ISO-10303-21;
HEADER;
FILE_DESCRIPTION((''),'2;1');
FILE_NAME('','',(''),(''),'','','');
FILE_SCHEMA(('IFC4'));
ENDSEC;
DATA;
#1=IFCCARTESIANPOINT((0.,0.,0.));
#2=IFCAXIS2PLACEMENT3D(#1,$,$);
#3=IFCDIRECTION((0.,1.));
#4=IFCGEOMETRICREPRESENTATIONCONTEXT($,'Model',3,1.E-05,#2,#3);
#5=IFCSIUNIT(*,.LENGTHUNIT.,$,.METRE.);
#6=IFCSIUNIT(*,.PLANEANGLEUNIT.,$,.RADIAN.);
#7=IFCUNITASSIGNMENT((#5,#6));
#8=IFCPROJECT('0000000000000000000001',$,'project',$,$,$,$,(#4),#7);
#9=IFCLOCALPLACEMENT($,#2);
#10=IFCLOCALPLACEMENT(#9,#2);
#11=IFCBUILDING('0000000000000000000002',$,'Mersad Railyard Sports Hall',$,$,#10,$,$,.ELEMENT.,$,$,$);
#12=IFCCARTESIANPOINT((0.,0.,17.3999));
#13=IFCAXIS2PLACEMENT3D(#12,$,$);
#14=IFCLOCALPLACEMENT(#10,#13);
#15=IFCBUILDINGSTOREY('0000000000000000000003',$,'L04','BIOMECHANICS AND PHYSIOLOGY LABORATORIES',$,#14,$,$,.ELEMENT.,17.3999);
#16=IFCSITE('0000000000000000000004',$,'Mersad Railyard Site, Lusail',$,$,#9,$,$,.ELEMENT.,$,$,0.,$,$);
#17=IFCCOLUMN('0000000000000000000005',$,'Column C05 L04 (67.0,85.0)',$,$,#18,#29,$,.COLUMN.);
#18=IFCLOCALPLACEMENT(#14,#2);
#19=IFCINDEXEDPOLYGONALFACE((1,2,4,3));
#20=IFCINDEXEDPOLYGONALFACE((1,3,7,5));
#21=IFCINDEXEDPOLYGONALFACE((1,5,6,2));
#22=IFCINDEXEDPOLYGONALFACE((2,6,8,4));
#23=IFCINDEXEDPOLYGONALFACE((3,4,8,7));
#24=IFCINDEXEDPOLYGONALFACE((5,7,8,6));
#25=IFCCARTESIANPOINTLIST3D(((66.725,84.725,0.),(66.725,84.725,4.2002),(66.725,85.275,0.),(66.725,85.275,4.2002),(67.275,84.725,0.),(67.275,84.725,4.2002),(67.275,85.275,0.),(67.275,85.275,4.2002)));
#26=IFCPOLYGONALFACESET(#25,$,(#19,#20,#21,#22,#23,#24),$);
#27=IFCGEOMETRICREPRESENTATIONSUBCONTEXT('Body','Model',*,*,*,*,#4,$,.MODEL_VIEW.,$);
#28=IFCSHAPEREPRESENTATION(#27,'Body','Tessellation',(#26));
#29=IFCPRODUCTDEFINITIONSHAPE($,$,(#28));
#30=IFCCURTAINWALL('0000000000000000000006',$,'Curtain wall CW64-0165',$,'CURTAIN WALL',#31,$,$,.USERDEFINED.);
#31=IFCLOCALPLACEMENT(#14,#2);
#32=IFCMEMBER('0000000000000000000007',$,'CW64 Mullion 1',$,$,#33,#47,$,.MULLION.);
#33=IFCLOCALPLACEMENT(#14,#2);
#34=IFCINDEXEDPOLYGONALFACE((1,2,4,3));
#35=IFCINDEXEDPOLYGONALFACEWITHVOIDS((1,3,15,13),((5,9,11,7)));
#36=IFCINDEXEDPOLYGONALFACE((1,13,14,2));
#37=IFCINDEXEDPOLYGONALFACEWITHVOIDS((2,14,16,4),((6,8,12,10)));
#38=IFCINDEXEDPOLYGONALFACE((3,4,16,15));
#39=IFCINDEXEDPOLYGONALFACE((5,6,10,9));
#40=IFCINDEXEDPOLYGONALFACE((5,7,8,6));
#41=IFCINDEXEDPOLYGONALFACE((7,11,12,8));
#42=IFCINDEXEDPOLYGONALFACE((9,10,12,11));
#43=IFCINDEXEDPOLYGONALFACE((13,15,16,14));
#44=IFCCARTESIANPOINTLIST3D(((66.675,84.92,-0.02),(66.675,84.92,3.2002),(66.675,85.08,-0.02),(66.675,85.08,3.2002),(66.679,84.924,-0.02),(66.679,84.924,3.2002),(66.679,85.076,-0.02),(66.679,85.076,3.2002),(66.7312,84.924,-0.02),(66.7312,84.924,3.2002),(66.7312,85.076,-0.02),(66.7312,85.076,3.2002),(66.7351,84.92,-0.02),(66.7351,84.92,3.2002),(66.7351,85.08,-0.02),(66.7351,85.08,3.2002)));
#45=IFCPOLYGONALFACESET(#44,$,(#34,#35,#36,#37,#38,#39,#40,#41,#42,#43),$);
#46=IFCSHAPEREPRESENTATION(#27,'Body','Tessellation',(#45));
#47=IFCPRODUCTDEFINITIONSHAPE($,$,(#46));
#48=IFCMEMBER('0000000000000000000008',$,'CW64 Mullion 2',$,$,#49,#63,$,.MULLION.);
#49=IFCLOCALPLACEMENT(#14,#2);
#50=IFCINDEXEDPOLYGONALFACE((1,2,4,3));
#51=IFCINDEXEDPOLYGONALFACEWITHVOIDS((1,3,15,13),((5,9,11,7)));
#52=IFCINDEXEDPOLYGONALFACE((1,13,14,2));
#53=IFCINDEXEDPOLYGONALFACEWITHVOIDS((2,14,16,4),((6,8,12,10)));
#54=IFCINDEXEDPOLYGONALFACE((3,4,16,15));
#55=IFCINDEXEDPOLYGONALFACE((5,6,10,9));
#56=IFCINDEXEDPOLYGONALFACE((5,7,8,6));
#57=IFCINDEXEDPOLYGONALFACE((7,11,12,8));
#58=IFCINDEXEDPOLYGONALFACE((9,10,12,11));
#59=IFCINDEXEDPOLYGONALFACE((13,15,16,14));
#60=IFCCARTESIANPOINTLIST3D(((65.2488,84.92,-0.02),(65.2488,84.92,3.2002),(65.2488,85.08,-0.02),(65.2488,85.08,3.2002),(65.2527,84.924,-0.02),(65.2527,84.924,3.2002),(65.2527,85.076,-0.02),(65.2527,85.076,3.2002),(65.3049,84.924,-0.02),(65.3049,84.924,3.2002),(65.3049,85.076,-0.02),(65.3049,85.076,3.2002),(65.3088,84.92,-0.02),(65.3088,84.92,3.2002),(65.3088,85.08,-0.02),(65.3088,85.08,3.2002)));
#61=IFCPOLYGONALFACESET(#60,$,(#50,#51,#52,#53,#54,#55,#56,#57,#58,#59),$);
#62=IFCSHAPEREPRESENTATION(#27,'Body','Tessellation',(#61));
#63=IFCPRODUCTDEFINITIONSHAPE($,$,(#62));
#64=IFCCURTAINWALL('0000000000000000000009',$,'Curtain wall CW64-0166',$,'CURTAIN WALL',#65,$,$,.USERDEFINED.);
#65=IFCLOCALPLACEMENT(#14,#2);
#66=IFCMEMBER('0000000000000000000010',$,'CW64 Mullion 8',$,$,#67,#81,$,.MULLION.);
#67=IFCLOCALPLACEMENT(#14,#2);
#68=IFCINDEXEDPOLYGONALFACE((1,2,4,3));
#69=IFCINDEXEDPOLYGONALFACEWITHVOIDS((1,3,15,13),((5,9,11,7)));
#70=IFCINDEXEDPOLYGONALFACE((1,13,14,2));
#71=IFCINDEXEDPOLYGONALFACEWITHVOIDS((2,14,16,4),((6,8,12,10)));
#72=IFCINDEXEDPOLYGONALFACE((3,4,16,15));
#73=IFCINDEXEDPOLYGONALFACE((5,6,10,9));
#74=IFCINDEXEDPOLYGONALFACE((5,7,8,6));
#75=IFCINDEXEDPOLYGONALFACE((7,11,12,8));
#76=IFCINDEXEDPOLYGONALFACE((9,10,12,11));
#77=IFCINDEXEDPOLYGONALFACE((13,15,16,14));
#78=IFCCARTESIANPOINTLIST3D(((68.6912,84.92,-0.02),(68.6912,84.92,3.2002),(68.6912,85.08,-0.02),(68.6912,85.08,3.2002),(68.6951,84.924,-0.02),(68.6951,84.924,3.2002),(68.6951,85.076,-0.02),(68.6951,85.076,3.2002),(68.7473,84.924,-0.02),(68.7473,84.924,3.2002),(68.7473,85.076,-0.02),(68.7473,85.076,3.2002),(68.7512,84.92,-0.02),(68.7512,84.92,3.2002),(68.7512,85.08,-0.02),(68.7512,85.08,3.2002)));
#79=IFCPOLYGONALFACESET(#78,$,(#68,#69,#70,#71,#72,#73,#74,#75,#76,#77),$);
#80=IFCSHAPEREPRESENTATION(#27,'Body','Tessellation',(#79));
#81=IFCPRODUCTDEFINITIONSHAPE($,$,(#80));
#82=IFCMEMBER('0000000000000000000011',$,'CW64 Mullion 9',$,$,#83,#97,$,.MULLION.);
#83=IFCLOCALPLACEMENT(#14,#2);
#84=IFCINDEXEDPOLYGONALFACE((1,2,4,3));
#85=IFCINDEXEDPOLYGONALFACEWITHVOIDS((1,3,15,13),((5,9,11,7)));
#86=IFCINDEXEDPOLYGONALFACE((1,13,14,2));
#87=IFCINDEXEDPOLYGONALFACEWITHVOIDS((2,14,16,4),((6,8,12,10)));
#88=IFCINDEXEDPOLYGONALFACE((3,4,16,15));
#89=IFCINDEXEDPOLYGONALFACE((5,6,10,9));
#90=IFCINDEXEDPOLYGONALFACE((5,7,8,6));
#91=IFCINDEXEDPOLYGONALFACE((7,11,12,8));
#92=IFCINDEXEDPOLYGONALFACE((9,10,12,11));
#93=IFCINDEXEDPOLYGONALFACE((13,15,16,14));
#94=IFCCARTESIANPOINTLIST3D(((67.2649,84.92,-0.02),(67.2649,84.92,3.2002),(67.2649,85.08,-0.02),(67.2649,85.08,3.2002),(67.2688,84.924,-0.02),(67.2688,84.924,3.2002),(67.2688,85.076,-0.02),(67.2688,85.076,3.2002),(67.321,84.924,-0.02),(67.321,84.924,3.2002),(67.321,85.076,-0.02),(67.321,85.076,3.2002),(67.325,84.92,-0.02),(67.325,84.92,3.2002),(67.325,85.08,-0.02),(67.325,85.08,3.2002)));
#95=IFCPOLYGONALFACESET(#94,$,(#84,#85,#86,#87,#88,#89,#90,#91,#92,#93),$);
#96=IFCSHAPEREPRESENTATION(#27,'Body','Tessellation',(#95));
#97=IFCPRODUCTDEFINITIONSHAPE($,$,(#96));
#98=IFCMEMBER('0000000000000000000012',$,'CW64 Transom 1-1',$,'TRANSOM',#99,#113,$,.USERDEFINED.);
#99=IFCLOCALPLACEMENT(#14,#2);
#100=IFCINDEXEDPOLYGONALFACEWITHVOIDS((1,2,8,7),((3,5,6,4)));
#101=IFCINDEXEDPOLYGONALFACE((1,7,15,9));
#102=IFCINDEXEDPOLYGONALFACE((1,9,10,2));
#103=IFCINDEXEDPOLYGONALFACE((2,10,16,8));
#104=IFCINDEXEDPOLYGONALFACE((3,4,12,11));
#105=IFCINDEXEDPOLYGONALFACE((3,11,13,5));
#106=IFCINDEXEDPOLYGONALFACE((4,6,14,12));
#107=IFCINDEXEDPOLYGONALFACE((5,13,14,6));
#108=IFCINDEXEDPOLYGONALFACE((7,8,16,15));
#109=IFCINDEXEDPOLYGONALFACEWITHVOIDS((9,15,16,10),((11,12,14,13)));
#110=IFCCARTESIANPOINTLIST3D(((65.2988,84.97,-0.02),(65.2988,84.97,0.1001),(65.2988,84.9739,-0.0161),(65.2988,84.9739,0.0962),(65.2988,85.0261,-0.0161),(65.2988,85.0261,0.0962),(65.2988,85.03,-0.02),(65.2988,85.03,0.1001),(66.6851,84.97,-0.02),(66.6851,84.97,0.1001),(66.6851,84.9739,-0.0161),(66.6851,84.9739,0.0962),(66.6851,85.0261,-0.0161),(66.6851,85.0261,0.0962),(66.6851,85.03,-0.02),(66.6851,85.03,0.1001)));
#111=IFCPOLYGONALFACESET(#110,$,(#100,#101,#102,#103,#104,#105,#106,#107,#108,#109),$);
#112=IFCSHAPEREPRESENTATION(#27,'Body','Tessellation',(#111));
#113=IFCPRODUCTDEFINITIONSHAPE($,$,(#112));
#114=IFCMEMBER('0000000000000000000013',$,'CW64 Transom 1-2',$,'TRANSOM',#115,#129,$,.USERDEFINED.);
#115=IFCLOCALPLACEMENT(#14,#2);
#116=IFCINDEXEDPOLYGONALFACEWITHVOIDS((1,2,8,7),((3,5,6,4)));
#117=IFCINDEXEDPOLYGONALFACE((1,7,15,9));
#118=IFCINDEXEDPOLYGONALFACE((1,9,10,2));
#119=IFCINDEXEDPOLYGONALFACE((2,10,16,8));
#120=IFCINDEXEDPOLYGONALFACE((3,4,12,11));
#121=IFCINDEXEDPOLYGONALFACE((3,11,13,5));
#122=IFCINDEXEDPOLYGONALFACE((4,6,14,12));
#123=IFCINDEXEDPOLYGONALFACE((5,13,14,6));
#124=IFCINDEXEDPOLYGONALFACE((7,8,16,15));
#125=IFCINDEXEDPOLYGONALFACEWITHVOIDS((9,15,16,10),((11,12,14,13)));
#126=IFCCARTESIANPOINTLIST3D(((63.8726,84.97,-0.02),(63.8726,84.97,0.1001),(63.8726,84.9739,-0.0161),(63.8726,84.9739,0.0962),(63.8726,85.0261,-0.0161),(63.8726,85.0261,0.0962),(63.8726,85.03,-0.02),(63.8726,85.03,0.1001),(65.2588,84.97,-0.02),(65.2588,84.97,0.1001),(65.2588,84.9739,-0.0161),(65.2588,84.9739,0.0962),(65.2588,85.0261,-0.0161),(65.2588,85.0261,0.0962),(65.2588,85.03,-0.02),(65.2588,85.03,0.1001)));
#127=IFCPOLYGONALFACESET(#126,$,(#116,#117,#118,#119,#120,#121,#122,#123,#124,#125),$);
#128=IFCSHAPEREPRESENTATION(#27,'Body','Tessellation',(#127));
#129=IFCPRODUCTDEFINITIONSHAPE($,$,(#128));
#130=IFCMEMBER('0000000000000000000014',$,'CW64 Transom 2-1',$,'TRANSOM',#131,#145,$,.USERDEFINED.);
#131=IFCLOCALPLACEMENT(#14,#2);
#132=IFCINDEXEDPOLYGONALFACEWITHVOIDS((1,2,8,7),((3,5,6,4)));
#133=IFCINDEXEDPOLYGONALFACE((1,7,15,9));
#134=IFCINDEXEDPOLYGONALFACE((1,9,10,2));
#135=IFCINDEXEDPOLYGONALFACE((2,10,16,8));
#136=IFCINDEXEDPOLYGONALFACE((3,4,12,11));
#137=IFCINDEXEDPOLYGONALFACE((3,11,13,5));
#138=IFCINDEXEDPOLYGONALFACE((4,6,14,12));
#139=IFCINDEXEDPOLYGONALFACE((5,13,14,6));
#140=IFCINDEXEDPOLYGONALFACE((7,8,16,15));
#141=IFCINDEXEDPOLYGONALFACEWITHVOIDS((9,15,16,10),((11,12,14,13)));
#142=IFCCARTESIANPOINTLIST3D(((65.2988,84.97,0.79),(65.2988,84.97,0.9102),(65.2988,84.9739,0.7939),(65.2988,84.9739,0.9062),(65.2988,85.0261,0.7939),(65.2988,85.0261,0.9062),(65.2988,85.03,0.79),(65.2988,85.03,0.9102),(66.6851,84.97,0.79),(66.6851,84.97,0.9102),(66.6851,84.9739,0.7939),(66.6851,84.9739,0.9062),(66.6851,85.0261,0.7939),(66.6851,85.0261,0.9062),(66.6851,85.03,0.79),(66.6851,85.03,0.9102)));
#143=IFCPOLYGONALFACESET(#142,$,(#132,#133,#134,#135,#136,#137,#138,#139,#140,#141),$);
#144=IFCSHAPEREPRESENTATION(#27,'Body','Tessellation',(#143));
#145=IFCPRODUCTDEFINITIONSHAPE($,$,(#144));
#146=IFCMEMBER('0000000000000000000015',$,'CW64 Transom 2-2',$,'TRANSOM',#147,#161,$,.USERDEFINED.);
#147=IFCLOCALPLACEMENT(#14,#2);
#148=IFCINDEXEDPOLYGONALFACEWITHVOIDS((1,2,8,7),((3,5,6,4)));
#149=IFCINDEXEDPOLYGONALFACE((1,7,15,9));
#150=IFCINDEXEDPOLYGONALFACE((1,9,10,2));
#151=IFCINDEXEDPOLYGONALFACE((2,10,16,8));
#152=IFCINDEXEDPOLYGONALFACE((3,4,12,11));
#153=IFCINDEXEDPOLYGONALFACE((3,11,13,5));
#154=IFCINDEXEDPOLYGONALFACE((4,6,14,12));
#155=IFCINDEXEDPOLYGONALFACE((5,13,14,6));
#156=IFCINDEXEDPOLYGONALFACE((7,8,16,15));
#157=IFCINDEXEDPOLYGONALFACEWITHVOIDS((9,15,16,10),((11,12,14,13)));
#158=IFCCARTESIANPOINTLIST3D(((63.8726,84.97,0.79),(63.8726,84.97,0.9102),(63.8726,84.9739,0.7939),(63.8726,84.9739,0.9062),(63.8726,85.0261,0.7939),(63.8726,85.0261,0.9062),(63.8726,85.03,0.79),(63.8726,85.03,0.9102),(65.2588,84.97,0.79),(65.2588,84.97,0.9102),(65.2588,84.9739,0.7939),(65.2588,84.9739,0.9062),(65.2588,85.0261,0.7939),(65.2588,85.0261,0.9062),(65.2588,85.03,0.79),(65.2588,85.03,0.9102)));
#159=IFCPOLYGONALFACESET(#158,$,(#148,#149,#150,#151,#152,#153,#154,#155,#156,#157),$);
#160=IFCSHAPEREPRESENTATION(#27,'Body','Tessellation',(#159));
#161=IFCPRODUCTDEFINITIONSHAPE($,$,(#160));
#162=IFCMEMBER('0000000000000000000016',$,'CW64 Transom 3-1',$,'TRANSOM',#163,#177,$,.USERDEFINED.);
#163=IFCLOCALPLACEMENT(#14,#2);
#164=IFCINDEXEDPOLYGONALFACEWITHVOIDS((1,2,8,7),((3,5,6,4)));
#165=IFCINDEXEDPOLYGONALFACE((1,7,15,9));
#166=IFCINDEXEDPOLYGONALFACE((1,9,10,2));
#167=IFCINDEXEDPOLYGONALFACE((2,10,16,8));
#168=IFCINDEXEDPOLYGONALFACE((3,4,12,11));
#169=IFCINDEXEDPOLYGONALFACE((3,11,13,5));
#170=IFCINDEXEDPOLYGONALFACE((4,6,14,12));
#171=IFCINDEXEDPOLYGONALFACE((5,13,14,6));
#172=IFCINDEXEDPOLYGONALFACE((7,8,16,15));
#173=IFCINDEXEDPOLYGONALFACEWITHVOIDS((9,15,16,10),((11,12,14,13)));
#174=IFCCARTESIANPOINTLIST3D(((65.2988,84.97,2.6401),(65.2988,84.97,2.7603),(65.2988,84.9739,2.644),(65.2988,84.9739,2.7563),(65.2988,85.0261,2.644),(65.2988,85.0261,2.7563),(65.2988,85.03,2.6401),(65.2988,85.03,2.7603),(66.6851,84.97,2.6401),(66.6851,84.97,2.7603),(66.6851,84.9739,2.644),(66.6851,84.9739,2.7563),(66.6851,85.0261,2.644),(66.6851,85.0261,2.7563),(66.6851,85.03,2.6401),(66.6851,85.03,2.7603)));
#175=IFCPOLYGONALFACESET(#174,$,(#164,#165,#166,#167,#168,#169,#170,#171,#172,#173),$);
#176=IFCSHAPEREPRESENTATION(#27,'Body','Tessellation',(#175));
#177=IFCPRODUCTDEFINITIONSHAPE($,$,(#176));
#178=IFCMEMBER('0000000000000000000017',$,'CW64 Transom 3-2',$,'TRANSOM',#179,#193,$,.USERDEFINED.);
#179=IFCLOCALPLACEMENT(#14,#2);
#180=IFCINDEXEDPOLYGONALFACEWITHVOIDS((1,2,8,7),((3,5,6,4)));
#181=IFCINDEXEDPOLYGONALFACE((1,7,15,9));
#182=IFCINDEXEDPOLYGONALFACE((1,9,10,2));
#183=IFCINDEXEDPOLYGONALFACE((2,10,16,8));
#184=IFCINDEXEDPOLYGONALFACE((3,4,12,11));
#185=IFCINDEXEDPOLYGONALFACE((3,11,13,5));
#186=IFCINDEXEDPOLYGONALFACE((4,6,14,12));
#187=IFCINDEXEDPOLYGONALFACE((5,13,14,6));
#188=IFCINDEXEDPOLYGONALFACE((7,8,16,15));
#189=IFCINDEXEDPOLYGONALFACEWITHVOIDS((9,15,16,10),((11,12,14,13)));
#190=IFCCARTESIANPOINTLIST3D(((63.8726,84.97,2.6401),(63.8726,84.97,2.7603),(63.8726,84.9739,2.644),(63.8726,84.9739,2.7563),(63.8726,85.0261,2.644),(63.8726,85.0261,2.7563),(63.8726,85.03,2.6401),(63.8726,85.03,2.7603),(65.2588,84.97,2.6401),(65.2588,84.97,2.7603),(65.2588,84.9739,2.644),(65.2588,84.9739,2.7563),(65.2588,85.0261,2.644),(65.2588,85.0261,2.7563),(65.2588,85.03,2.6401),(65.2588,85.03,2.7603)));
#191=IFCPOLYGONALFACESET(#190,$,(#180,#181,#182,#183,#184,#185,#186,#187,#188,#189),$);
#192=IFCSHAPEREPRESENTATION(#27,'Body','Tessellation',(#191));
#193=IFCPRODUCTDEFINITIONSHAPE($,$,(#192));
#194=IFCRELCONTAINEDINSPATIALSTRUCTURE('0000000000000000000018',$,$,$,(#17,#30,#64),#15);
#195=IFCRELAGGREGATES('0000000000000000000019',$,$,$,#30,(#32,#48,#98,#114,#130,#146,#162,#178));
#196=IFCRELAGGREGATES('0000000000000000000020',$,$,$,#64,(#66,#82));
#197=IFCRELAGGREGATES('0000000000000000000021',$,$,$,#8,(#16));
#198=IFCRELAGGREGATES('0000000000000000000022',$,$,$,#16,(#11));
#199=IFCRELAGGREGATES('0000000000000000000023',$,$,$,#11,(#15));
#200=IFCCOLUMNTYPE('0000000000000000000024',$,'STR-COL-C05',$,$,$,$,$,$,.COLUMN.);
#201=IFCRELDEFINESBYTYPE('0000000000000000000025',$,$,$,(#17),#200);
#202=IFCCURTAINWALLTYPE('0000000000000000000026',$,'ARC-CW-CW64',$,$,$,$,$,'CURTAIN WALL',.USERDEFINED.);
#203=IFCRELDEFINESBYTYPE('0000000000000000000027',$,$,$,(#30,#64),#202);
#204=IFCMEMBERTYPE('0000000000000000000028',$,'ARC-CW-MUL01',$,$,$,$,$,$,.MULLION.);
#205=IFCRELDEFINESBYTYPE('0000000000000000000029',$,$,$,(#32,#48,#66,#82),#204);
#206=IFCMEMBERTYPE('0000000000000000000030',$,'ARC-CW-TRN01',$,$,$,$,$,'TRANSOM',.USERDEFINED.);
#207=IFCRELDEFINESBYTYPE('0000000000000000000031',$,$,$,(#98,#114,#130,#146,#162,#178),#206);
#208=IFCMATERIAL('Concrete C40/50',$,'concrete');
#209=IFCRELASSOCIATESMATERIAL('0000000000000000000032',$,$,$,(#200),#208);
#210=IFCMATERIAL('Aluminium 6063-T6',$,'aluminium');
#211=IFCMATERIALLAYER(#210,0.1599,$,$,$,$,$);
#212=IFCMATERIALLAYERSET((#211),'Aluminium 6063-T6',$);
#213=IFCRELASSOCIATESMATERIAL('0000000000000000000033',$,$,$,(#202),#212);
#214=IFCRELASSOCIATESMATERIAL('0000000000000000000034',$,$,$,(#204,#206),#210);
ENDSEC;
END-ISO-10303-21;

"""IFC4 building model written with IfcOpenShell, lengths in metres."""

from ifc_helpers import new_model, si_unit, direction, frame, origin, origin_2d, place, context, subcontext, project, spatial, rectangle, hollow_rectangle, extrude, material, layer, layer_set, material_profile, profile_set, type_object, element, aggregate, save


model = new_model("IFC4")

# Units and contexts
model_context = context("Model", 3, precision=1e-05, world=origin(), true_north=direction((0.0, 1.0)))
body_context = subcontext(model_context, "Body", "Model", "MODEL_VIEW")
ifc_project = project(units=[si_unit("LENGTHUNIT", "METRE"), si_unit("PLANEANGLEUNIT", "RADIAN")], contexts=[model_context])

# Site, building, storey
site_placement = place(None, origin())
site = spatial("IfcSite", under=ifc_project, at=site_placement, Name="Mersad Railyard Site, Lusail", CompositionType="ELEMENT", RefElevation=0.0)
building_placement = place(site_placement, origin())
building = spatial("IfcBuilding", under=site, at=building_placement, Name="Mersad Railyard Sports Hall", CompositionType="ELEMENT")
storey_placement = place(building_placement, frame((0.0, 0.0, 17.3999)))
storey = spatial("IfcBuildingStorey", under=building, at=storey_placement, Name="L04", Description="BIOMECHANICS AND PHYSIOLOGY LABORATORIES", CompositionType="ELEMENT", Elevation=17.3999)

# Column
ifc_material_1 = material(Name="Concrete C40/50", Category="concrete")
ifc_material_profile_1 = material_profile(ifc_material_1, rectangle(XDim=0.55, YDim=0.55, at=origin_2d()), Name="RC 550x550")
ifc_profile_set_1 = profile_set([ifc_material_profile_1], Name="Concrete C40/50")
column_type = type_object("IfcColumnType", Name="STR-COL-C05", PredefinedType="COLUMN", material=ifc_profile_set_1)
column_placement = place(storey_placement, frame((67.0, 85.0, 0.0), z_axis=(0.0, 0.0, 1.0), x_axis=(1.0, 0.0, 0.0)))
element("IfcColumn", 1, at=column_placement, inside=storey, type_object=column_type, Name="Column C05 L04 (67.0,85.0)", PredefinedType="COLUMN", context=body_context, shape_type="SweptSolid", body=[
    extrude(rectangle(XDim=0.55, YDim=0.55, at=origin_2d()), origin(), (0.0, 0.0, 1.0), 4.2002),
])

# Curtain walls, members
ifc_material_2 = material(Name="Aluminium 6063-T6", Category="aluminium")
ifc_layer_1 = layer(ifc_material_2, 0.1599)
ifc_layer_set_1 = layer_set([ifc_layer_1], Name="Aluminium 6063-T6")
curtain_wall_type = type_object("IfcCurtainWallType", Name="ARC-CW-CW64", ElementType="CURTAIN WALL", PredefinedType="USERDEFINED", material=ifc_layer_set_1)
curtain_wall_1_placement = place(storey_placement, origin())
curtain_wall_1 = element("IfcCurtainWall", 2, at=curtain_wall_1_placement, inside=storey, type_object=curtain_wall_type, Name="Curtain wall CW64-0165", ObjectType="CURTAIN WALL", PredefinedType="USERDEFINED")
ifc_material_profile_2 = material_profile(ifc_material_2, hollow_rectangle(XDim=0.0601, YDim=0.1599, WallThickness=0.0039, at=origin_2d()), Name="AL MULLION 60x160x4")
ifc_profile_set_2 = profile_set([ifc_material_profile_2], Name="Aluminium 6063-T6")
member_type_1 = type_object("IfcMemberType", Name="ARC-CW-MUL01", PredefinedType="MULLION", material=ifc_profile_set_2)
member_1_placement = place(storey_placement, frame((66.7051, 85.0, -0.02), z_axis=(0.0, 0.0, 1.0), x_axis=(1.0, 0.0, 0.0)))
member_1 = element("IfcMember", 3, at=member_1_placement, type_object=member_type_1, Name="CW64 Mullion 1", PredefinedType="MULLION", context=body_context, shape_type="SweptSolid", body=[
    extrude(hollow_rectangle(XDim=0.0601, YDim=0.1599, WallThickness=0.0039, at=origin_2d()), origin(), (0.0, 0.0, 1.0), 3.2202),
])
member_2_placement = place(storey_placement, frame((65.2788, 85.0, -0.02), z_axis=(0.0, 0.0, 1.0), x_axis=(1.0, 0.0, 0.0)))
member_2 = element("IfcMember", 4, at=member_2_placement, type_object=member_type_1, Name="CW64 Mullion 2", PredefinedType="MULLION", context=body_context, shape_type="SweptSolid", body=[
    extrude(hollow_rectangle(XDim=0.0601, YDim=0.1599, WallThickness=0.0039, at=origin_2d()), origin(), (0.0, 0.0, 1.0), 3.2202),
])
curtain_wall_2_placement = place(storey_placement, origin())
curtain_wall_2 = element("IfcCurtainWall", 5, at=curtain_wall_2_placement, inside=storey, type_object=curtain_wall_type, Name="Curtain wall CW64-0166", ObjectType="CURTAIN WALL", PredefinedType="USERDEFINED")
member_3_placement = place(storey_placement, frame((68.7212, 85.0, -0.02), z_axis=(0.0, 0.0, 1.0), x_axis=(1.0, 0.0, 0.0)))
member_3 = element("IfcMember", 6, at=member_3_placement, type_object=member_type_1, Name="CW64 Mullion 8", PredefinedType="MULLION", context=body_context, shape_type="SweptSolid", body=[
    extrude(hollow_rectangle(XDim=0.0601, YDim=0.1599, WallThickness=0.0039, at=origin_2d()), origin(), (0.0, 0.0, 1.0), 3.2202),
])
member_4_placement = place(storey_placement, frame((67.2949, 85.0, -0.02), z_axis=(0.0, 0.0, 1.0), x_axis=(1.0, 0.0, 0.0)))
member_4 = element("IfcMember", 7, at=member_4_placement, type_object=member_type_1, Name="CW64 Mullion 9", PredefinedType="MULLION", context=body_context, shape_type="SweptSolid", body=[
    extrude(hollow_rectangle(XDim=0.0601, YDim=0.1599, WallThickness=0.0039, at=origin_2d()), origin(), (0.0, 0.0, 1.0), 3.2202),
])

# Members
ifc_material_profile_3 = material_profile(ifc_material_2, hollow_rectangle(XDim=0.0601, YDim=0.1201, WallThickness=0.0039, at=origin_2d()), Name="AL TRANSOM 60x120x4")
ifc_profile_set_3 = profile_set([ifc_material_profile_3], Name="Aluminium 6063-T6")
member_type_2 = type_object("IfcMemberType", Name="ARC-CW-TRN01", ElementType="TRANSOM", PredefinedType="USERDEFINED", material=ifc_profile_set_3)
member_5_placement = place(storey_placement, frame((66.6851, 85.0, 0.04), z_axis=(-1.0, 0.0, 0.0), x_axis=(0.0, -1.0, 0.0)))
member_5 = element("IfcMember", 8, at=member_5_placement, type_object=member_type_2, Name="CW64 Transom 1-1", ObjectType="TRANSOM", PredefinedType="USERDEFINED", context=body_context, shape_type="SweptSolid", body=[
    extrude(hollow_rectangle(XDim=0.0601, YDim=0.1201, WallThickness=0.0039, at=origin_2d()), origin(), (0.0, 0.0, 1.0), 1.3862),
])
member_6_placement = place(storey_placement, frame((65.2588, 85.0, 0.04), z_axis=(-1.0, 0.0, 0.0), x_axis=(0.0, -1.0, 0.0)))
member_6 = element("IfcMember", 9, at=member_6_placement, type_object=member_type_2, Name="CW64 Transom 1-2", ObjectType="TRANSOM", PredefinedType="USERDEFINED", context=body_context, shape_type="SweptSolid", body=[
    extrude(hollow_rectangle(XDim=0.0601, YDim=0.1201, WallThickness=0.0039, at=origin_2d()), origin(), (0.0, 0.0, 1.0), 1.3862),
])
member_7_placement = place(storey_placement, frame((66.6851, 85.0, 0.8501), z_axis=(-1.0, 0.0, 0.0), x_axis=(0.0, -1.0, 0.0)))
member_7 = element("IfcMember", 10, at=member_7_placement, type_object=member_type_2, Name="CW64 Transom 2-1", ObjectType="TRANSOM", PredefinedType="USERDEFINED", context=body_context, shape_type="SweptSolid", body=[
    extrude(hollow_rectangle(XDim=0.0601, YDim=0.1201, WallThickness=0.0039, at=origin_2d()), origin(), (0.0, 0.0, 1.0), 1.3862),
])
member_8_placement = place(storey_placement, frame((65.2588, 85.0, 0.8501), z_axis=(-1.0, 0.0, 0.0), x_axis=(0.0, -1.0, 0.0)))
member_8 = element("IfcMember", 11, at=member_8_placement, type_object=member_type_2, Name="CW64 Transom 2-2", ObjectType="TRANSOM", PredefinedType="USERDEFINED", context=body_context, shape_type="SweptSolid", body=[
    extrude(hollow_rectangle(XDim=0.0601, YDim=0.1201, WallThickness=0.0039, at=origin_2d()), origin(), (0.0, 0.0, 1.0), 1.3862),
])
member_9_placement = place(storey_placement, frame((66.6851, 85.0, 2.7002), z_axis=(-1.0, 0.0, 0.0), x_axis=(0.0, -1.0, 0.0)))
member_9 = element("IfcMember", 12, at=member_9_placement, type_object=member_type_2, Name="CW64 Transom 3-1", ObjectType="TRANSOM", PredefinedType="USERDEFINED", context=body_context, shape_type="SweptSolid", body=[
    extrude(hollow_rectangle(XDim=0.0601, YDim=0.1201, WallThickness=0.0039, at=origin_2d()), origin(), (0.0, 0.0, 1.0), 1.3862),
])
member_10_placement = place(storey_placement, frame((65.2588, 85.0, 2.7002), z_axis=(-1.0, 0.0, 0.0), x_axis=(0.0, -1.0, 0.0)))
member_10 = element("IfcMember", 13, at=member_10_placement, type_object=member_type_2, Name="CW64 Transom 3-2", ObjectType="TRANSOM", PredefinedType="USERDEFINED", context=body_context, shape_type="SweptSolid", body=[
    extrude(hollow_rectangle(XDim=0.0601, YDim=0.1201, WallThickness=0.0039, at=origin_2d()), origin(), (0.0, 0.0, 1.0), 1.3862),
])

aggregate(curtain_wall_1, [member_1, member_2, member_5, member_6, member_7, member_8, member_9, member_10])
aggregate(curtain_wall_2, [member_3, member_4])

save(model, "model.ifc")
